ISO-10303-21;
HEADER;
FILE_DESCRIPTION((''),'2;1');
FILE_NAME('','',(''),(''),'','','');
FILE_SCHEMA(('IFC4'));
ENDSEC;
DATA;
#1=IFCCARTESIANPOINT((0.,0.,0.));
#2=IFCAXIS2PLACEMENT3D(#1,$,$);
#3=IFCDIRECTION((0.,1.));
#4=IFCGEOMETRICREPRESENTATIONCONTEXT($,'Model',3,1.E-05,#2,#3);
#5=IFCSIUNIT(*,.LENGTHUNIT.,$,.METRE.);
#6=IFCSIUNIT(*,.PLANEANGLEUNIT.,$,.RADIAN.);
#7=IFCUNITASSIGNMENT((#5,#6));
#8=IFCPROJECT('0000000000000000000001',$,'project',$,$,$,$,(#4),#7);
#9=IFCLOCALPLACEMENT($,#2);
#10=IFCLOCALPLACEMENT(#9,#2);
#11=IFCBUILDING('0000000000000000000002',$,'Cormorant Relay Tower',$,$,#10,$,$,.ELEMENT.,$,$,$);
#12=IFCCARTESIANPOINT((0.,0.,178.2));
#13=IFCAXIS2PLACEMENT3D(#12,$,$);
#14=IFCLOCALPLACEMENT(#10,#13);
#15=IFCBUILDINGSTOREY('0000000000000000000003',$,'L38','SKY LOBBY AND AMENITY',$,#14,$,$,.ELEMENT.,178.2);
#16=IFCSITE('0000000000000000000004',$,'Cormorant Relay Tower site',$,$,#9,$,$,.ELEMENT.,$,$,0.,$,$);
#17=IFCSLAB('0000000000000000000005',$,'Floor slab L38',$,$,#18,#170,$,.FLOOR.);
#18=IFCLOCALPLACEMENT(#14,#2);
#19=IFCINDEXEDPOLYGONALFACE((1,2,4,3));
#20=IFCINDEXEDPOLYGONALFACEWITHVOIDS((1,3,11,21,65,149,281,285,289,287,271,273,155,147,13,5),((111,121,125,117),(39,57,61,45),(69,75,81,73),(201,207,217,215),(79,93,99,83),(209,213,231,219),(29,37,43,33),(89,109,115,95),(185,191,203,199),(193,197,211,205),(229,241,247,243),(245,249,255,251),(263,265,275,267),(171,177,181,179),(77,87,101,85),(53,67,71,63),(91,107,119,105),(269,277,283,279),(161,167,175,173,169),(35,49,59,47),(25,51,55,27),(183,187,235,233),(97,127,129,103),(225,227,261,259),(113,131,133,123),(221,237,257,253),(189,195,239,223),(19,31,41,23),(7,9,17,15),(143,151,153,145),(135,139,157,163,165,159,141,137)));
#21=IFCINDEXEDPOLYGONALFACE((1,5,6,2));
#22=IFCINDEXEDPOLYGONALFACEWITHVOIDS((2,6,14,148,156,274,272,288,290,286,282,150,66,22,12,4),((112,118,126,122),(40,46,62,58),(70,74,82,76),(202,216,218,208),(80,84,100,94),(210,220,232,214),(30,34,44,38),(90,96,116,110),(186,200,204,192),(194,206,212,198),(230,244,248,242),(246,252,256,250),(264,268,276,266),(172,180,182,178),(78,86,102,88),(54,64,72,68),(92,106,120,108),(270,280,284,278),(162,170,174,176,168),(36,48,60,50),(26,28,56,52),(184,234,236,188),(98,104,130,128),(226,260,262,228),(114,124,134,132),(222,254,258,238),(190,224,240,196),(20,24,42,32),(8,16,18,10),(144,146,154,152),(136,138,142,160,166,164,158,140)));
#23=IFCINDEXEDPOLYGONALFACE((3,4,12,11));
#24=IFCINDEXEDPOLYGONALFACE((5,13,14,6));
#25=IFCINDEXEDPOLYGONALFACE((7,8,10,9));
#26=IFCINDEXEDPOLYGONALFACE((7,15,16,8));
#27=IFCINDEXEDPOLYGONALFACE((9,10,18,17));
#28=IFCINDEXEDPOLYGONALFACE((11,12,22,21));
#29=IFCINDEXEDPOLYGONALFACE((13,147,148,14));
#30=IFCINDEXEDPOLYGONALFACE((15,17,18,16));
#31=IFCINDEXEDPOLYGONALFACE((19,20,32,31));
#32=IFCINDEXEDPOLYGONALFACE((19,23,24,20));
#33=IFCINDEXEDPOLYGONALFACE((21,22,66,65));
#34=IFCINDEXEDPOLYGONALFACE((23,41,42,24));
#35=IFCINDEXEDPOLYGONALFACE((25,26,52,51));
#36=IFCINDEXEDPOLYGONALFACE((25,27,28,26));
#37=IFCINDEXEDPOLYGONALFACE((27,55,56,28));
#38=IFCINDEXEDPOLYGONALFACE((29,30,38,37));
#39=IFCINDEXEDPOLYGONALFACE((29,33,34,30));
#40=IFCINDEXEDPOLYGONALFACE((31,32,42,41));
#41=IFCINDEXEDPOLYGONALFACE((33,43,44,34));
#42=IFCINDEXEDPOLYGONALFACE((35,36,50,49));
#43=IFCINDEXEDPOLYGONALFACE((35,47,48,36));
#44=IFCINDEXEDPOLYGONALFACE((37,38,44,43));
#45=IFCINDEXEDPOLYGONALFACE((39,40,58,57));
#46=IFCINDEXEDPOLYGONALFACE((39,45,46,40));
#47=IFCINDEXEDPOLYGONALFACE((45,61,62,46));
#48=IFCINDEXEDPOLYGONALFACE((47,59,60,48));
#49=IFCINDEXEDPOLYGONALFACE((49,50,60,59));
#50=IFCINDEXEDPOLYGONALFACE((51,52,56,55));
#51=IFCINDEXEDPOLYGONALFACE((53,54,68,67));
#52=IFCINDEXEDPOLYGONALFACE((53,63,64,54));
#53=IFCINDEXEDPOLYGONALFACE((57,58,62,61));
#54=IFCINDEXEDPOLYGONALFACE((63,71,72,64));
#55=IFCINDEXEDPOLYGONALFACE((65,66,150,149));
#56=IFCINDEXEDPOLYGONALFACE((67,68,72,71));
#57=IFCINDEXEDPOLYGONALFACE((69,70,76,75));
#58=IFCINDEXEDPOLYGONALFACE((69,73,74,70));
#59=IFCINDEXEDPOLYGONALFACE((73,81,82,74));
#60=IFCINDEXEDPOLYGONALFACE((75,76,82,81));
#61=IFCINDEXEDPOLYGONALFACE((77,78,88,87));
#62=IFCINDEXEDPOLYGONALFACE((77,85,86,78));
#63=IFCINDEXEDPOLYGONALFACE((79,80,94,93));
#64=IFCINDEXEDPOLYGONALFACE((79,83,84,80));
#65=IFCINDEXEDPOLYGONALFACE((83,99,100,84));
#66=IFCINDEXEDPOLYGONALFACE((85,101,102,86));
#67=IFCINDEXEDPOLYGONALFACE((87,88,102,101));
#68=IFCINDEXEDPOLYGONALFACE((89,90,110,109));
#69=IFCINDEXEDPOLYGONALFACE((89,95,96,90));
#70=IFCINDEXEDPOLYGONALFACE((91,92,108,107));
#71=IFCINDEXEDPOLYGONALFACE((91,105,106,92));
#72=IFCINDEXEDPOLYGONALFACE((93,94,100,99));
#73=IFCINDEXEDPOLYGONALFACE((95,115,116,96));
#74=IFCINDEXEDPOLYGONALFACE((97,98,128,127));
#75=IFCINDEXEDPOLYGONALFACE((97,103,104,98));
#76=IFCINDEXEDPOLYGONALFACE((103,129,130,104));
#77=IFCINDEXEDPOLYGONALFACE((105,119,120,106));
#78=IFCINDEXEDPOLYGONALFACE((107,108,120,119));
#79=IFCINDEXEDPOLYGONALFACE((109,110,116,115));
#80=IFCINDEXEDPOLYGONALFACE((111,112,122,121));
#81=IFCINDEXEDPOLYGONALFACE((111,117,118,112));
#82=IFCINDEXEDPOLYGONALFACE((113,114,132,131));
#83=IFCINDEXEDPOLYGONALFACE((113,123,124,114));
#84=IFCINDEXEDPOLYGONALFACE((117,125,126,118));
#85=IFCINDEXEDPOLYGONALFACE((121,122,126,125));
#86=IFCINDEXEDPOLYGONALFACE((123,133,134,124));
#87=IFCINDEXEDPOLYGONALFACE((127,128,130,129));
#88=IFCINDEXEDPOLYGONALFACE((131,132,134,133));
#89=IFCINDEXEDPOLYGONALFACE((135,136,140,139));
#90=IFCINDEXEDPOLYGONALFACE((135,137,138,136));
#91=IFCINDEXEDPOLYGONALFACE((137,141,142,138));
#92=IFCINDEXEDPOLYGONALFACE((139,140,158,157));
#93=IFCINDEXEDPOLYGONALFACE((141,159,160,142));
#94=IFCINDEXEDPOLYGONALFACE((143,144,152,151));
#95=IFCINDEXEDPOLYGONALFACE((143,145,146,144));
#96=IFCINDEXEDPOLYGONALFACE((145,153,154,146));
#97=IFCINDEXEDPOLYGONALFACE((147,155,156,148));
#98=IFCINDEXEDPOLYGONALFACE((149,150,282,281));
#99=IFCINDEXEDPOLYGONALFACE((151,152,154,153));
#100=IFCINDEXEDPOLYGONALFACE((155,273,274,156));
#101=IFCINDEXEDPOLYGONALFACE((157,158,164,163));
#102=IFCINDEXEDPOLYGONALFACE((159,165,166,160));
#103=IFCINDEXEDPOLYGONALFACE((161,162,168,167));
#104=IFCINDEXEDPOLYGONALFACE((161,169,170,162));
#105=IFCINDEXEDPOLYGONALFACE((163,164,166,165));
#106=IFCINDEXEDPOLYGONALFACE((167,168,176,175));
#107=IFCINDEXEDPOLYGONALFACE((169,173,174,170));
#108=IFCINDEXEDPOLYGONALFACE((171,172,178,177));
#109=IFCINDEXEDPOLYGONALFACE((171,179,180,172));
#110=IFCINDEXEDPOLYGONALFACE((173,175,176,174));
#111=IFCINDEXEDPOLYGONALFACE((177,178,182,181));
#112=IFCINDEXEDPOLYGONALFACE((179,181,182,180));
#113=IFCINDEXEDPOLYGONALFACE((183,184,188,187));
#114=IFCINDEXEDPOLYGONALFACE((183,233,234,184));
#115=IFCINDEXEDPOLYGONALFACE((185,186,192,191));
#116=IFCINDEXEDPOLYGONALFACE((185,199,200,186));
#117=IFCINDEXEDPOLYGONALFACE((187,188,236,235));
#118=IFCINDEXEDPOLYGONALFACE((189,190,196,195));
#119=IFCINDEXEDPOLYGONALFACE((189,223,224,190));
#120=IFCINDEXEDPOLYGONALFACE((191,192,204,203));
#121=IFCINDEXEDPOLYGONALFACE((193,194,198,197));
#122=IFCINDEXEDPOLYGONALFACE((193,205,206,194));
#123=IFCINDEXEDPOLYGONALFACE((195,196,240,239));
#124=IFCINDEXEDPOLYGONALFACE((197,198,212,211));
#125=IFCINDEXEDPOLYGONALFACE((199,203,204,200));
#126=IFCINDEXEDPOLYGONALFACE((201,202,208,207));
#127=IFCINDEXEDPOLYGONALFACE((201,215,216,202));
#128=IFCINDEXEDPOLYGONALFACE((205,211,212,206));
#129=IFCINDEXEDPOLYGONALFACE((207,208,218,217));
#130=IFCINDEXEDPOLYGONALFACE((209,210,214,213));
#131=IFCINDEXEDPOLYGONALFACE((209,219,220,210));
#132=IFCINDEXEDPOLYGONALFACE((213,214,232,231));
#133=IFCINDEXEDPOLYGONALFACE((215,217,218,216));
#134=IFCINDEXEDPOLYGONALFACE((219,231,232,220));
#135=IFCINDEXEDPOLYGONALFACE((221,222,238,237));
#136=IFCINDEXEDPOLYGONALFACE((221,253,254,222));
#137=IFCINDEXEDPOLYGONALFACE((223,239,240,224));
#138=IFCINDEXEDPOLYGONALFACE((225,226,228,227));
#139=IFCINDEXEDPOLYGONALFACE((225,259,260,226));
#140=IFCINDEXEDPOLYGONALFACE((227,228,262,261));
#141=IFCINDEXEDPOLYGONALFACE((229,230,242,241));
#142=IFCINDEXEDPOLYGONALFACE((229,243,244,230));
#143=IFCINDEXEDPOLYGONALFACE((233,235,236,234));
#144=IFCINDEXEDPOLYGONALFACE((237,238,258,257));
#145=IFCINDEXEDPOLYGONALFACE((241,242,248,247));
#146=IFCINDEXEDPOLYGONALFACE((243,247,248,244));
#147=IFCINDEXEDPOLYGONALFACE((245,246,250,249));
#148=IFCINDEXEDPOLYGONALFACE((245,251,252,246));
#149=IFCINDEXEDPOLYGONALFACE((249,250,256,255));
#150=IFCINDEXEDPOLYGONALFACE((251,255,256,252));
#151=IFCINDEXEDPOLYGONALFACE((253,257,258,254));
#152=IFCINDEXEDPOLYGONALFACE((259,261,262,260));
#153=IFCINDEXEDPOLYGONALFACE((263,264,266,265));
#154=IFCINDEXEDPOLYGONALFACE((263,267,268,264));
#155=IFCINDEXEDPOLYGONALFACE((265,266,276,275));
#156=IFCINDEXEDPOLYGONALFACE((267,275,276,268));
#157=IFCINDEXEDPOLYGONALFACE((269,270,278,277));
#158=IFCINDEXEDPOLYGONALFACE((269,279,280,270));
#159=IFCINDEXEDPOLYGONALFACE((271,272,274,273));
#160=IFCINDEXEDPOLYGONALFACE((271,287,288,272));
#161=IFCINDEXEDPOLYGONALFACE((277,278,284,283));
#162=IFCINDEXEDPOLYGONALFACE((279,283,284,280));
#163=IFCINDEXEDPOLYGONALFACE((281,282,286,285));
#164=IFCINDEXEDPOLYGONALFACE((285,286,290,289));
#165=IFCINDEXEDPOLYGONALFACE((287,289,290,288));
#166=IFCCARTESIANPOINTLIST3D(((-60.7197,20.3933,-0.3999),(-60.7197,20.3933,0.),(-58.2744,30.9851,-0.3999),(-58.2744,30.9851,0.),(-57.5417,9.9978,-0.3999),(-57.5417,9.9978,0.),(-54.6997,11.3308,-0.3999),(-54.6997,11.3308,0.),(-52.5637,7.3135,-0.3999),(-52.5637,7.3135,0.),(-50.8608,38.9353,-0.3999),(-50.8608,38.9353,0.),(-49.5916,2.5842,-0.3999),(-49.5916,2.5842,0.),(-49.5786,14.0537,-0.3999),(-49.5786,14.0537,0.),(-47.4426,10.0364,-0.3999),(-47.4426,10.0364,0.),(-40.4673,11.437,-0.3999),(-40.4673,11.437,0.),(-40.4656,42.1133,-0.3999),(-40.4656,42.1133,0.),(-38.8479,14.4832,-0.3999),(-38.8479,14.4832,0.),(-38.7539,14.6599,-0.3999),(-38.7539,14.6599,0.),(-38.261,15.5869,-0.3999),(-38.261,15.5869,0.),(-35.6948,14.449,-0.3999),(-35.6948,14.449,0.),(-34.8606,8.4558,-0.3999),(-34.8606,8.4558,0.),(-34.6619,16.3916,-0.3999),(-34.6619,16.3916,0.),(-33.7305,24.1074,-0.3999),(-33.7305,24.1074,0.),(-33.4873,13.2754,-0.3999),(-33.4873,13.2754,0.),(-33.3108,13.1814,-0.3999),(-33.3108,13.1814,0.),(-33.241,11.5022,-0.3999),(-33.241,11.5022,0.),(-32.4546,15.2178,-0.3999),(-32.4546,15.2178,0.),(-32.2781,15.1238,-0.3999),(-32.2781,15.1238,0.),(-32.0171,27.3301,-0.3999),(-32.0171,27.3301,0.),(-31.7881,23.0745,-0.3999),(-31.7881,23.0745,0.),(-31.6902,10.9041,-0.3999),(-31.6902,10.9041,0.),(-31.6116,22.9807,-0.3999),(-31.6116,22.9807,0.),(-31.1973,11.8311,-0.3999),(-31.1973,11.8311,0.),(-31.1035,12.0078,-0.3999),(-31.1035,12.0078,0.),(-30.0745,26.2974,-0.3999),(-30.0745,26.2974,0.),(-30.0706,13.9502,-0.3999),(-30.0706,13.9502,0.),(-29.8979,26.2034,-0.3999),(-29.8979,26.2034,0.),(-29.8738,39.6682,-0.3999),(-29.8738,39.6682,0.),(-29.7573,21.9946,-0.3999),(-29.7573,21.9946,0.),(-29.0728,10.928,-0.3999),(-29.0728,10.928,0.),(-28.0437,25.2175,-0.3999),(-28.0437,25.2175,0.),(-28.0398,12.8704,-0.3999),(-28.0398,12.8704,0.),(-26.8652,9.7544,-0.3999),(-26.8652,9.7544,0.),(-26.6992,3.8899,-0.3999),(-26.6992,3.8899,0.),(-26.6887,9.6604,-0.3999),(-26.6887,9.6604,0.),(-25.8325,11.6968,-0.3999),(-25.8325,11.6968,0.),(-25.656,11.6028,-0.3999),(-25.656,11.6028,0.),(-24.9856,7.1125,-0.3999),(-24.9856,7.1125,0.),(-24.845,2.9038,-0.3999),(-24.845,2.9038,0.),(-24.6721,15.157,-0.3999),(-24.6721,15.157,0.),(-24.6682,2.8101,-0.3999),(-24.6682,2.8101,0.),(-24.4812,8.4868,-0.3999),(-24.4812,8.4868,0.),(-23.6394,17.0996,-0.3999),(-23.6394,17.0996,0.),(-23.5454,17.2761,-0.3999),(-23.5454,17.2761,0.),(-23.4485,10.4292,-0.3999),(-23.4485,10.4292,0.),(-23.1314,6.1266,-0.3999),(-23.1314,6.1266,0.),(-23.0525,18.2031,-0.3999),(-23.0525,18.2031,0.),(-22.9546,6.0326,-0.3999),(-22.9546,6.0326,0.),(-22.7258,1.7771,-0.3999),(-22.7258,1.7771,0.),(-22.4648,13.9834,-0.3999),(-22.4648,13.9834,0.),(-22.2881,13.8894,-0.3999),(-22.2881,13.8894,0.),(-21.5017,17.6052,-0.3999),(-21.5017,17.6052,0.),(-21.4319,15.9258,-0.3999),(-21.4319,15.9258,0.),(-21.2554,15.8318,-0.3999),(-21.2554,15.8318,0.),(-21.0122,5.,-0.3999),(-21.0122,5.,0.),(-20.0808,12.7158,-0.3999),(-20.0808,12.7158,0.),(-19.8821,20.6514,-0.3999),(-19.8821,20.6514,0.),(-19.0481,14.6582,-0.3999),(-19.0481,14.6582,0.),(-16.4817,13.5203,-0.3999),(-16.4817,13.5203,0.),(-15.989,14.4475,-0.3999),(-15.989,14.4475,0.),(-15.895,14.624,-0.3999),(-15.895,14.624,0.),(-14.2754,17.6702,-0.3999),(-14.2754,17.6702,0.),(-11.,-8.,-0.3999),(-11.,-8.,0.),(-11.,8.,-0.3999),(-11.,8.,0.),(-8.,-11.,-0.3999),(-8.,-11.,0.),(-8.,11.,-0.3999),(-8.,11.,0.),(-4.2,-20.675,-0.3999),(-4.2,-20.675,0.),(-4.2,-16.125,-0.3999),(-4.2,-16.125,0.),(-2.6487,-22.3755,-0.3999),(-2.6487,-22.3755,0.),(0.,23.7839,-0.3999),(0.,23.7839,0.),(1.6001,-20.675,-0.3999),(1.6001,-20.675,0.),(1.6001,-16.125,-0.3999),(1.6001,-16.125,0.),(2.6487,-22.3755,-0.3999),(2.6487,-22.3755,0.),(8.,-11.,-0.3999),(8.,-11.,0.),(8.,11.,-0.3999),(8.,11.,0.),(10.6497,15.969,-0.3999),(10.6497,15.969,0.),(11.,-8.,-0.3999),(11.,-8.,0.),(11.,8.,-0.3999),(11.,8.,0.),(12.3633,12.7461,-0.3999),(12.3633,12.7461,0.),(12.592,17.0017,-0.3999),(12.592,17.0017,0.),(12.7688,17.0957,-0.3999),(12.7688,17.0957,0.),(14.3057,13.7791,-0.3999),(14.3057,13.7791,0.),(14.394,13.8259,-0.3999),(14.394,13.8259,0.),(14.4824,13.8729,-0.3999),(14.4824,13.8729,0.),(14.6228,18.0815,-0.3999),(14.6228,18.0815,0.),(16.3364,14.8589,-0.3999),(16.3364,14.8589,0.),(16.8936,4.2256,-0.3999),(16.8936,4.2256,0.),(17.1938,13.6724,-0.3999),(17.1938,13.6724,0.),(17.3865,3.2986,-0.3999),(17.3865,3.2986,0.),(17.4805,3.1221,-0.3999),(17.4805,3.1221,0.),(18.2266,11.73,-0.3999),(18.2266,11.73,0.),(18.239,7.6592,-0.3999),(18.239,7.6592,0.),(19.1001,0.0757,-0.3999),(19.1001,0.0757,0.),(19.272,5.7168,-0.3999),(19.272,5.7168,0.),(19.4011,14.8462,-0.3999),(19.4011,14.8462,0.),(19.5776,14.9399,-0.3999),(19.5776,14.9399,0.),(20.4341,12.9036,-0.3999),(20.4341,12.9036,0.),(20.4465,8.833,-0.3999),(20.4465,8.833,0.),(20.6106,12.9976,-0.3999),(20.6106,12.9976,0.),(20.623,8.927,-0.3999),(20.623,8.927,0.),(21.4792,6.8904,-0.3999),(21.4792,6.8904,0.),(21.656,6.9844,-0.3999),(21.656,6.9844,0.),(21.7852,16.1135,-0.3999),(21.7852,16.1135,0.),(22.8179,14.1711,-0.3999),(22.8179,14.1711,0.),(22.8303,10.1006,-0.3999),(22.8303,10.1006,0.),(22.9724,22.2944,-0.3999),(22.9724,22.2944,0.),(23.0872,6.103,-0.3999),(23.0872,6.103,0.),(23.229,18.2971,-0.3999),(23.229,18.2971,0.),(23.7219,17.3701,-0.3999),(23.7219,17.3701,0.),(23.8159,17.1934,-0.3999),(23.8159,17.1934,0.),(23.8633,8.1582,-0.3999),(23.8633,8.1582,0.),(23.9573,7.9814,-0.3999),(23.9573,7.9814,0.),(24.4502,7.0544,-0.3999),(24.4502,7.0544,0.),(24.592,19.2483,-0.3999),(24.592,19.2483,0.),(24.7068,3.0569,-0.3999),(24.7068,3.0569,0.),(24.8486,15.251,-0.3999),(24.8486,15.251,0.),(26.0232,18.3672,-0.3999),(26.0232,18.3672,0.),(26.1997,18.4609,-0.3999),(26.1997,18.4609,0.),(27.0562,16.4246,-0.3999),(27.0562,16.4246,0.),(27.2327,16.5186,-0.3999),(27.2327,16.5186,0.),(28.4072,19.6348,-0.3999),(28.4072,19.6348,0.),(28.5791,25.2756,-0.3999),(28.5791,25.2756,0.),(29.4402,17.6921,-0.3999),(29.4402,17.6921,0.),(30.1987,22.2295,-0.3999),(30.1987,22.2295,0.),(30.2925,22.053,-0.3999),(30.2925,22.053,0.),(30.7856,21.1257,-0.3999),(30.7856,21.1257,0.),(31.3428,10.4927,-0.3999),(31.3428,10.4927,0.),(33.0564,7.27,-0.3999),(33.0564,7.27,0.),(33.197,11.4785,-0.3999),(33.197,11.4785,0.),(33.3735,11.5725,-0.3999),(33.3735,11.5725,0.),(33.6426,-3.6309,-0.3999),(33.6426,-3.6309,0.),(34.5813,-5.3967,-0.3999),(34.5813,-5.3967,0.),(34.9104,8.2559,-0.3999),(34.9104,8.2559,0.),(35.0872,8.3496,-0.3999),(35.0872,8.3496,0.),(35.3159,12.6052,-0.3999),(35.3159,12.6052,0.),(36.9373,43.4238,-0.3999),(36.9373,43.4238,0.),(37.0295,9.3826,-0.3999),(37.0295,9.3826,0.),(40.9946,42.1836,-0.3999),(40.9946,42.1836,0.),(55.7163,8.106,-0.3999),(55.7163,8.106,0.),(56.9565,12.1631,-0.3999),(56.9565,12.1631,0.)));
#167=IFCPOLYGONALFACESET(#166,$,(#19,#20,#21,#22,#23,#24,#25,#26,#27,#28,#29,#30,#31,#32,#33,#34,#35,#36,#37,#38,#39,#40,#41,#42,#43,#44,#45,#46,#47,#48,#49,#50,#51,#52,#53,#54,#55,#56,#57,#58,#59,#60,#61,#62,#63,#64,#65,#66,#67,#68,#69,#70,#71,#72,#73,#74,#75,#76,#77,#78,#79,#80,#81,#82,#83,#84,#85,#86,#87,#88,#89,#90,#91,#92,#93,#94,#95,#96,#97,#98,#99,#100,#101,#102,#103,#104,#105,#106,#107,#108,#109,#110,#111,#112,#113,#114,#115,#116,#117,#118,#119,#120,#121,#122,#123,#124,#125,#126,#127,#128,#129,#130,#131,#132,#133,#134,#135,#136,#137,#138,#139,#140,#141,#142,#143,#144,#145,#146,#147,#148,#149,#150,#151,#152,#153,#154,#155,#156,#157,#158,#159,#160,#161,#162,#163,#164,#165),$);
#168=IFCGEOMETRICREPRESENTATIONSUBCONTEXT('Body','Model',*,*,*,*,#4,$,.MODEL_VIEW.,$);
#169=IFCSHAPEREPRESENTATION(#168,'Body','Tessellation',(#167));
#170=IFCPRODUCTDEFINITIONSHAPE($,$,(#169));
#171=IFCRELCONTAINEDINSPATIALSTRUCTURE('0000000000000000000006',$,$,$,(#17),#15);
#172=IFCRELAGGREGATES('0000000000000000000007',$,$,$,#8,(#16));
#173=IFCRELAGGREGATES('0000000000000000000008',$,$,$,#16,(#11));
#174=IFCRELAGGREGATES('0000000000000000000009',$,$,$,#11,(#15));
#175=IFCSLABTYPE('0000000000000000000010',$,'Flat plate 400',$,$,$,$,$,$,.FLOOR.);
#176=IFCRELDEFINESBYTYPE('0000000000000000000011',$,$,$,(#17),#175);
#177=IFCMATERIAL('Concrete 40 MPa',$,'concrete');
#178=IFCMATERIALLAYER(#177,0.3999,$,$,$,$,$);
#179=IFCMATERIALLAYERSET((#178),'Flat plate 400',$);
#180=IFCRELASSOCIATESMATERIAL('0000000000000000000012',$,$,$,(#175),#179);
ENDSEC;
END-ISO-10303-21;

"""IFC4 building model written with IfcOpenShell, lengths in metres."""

from ifc_helpers import new_model, si_unit, direction, frame, origin, place, context, subcontext, project, spatial, polyline, outline, extrude, material, layer, layer_set, type_object, element, save


model = new_model("IFC4")

# Units and contexts
model_context = context("Model", 3, precision=1e-05, world=origin(), true_north=direction((0.0, 1.0)))
body_context = subcontext(model_context, "Body", "Model", "MODEL_VIEW")
ifc_project = project(units=[si_unit("LENGTHUNIT", "METRE"), si_unit("PLANEANGLEUNIT", "RADIAN")], contexts=[model_context])

# Site, building, storey
site_placement = place(None, origin())
site = spatial("IfcSite", under=ifc_project, at=site_placement, Name="Cormorant Relay Tower site", CompositionType="ELEMENT", RefElevation=0.0)
building_placement = place(site_placement, origin())
building = spatial("IfcBuilding", under=site, at=building_placement, Name="Cormorant Relay Tower", CompositionType="ELEMENT")
storey_placement = place(building_placement, frame((0.0, 0.0, 178.2)))
storey = spatial("IfcBuildingStorey", under=building, at=storey_placement, Name="L38", Description="SKY LOBBY AND AMENITY", CompositionType="ELEMENT", Elevation=178.2)

# Slab
ifc_material_1 = material(Name="Concrete 40 MPa", Category="concrete")
ifc_layer_1 = layer(ifc_material_1, 0.3999)
ifc_layer_set_1 = layer_set([ifc_layer_1], Name="Flat plate 400")
slab_type_1 = type_object("IfcSlabType", Name="Flat plate 400", PredefinedType="FLOOR", material=ifc_layer_set_1)
slab_1_placement = place(storey_placement, frame((0.0, 0.0, -0.3999)))
element("IfcSlab", 1, at=slab_1_placement, inside=storey, type_object=slab_type_1, Name="Floor slab L38", PredefinedType="FLOOR", context=body_context, shape_type="SweptSolid", body=[
    extrude(outline(polyline([(-60.7197, 20.3933), (-58.2744, 30.9851), (-50.8608, 38.9353), (-40.4656, 42.1133), (-29.8738, 39.6682), (0.0, 23.7839), (36.9373, 43.4238), (40.9946, 42.1836), (56.9565, 12.1631), (55.7163, 8.106), (33.6426, -3.6309), (34.5813, -5.3967), (2.6487, -22.3755), (-2.6487, -22.3755), (-49.5916, 2.5842), (-57.5417, 9.9978), (-60.7197, 20.3933)]), holes=[polyline([(11.0, -8.0), (11.0, 8.0), (8.0, 11.0), (-8.0, 11.0), (-11.0, 8.0), (-11.0, -8.0), (-8.0, -11.0), (8.0, -11.0), (11.0, -8.0)]), polyline([(-22.9546, 6.0327), (-24.6682, 2.8101), (-22.7258, 1.7771), (-21.0122, 5.0), (-23.043, 6.0796), (-22.9546, 6.0327)]), polyline([(-24.9856, 7.1125), (-26.6992, 3.8899), (-24.845, 2.9038), (-23.1313, 6.1267), (-23.043, 6.0796), (-24.9856, 7.1125)]), polyline([(-25.656, 11.6028), (-26.6887, 9.6604), (-24.4812, 8.4868), (-23.4485, 10.4292), (-25.656, 11.6028)]), polyline([(-49.5786, 14.0537), (-54.6997, 11.3308), (-52.5637, 7.3135), (-47.4426, 10.0364), (-49.5786, 14.0537)]), polyline([(-28.0398, 12.8704), (-29.0728, 10.928), (-26.8652, 9.7544), (-25.8325, 11.6968), (-28.0398, 12.8704)]), polyline([(-33.241, 11.5022), (-38.8479, 14.4832), (-40.4673, 11.437), (-34.8606, 8.4558), (-33.241, 11.5022)]), polyline([(-38.261, 15.5869), (-38.7539, 14.6599), (-31.6902, 10.9041), (-31.1973, 11.8311), (-38.261, 15.5869)]), polyline([(-33.3108, 13.1814), (-31.1035, 12.0078), (-30.0706, 13.9502), (-32.2781, 15.1238), (-33.3108, 13.1814)]), polyline([(-22.2881, 13.8894), (-20.0808, 12.7158), (-19.0481, 14.6582), (-21.2554, 15.8318), (-22.2881, 13.8894)]), polyline([(-34.6619, 16.3916), (-35.6948, 14.449), (-33.4873, 13.2754), (-32.4546, 15.2178), (-34.6619, 16.3916)]), polyline([(-24.6721, 15.157), (-22.4648, 13.9834), (-21.4319, 15.9258), (-23.6394, 17.0996), (-24.6721, 15.157)]), polyline([(-16.4817, 13.5203), (-15.989, 14.4475), (-23.0525, 18.2031), (-23.5454, 17.2761), (-16.4817, 13.5203)]), polyline([(-21.5017, 17.6052), (-15.895, 14.624), (-14.2754, 17.6702), (-19.8821, 20.6514), (-21.5017, 17.6052)]), polyline([(-31.6116, 22.9807), (-29.7573, 21.9946), (-28.0437, 25.2175), (-29.8979, 26.2034), (-31.6116, 22.9807)]), polyline([(-32.0171, 27.3301), (-33.7305, 24.1074), (-31.7881, 23.0745), (-30.0745, 26.2974), (-32.0171, 27.3301)]), polyline([(-4.2, -16.125), (-4.2, -20.675), (1.6001, -20.675), (1.6001, -16.125), (-4.2, -16.125)]), polyline([(23.0872, 6.103), (17.4805, 3.1221), (19.1001, 0.0757), (24.7068, 3.0569), (23.0872, 6.103)]), polyline([(16.8936, 4.2256), (17.3865, 3.2986), (24.4502, 7.0544), (23.9573, 7.9814), (16.8936, 4.2256)]), polyline([(20.4465, 8.833), (18.239, 7.6592), (19.272, 5.7168), (21.4792, 6.8904), (20.4465, 8.833)]), polyline([(22.8303, 10.1006), (20.623, 8.927), (21.656, 6.9844), (23.8633, 8.1582), (22.8303, 10.1006)]), polyline([(33.197, 11.4785), (31.3428, 10.4927), (33.0564, 7.27), (34.9104, 8.2559), (33.197, 11.4785)]), polyline([(33.3735, 11.5725), (35.0872, 8.3496), (37.0295, 9.3826), (35.3159, 12.6052), (33.3735, 11.5725)]), polyline([(20.4341, 12.9036), (19.4011, 14.8462), (17.1938, 13.6724), (18.2266, 11.73), (20.4341, 12.9036)]), polyline([(22.8179, 14.1711), (21.7852, 16.1135), (19.5776, 14.9399), (20.6106, 12.9976), (22.8179, 14.1711)]), polyline([(14.3057, 13.7791), (12.592, 17.0017), (10.6497, 15.969), (12.3633, 12.7461), (14.394, 13.8259), (14.3057, 13.7791)]), polyline([(16.3364, 14.8589), (14.6228, 18.0815), (12.7688, 17.0957), (14.4824, 13.8728), (14.394, 13.8259), (16.3364, 14.8589)]), polyline([(26.0232, 18.3672), (23.8159, 17.1934), (24.8486, 15.251), (27.0562, 16.4246), (26.0232, 18.3672)]), polyline([(29.4402, 17.6921), (28.4072, 19.6348), (26.1997, 18.4609), (27.2327, 16.5186), (29.4402, 17.6921)]), polyline([(30.7856, 21.1257), (30.2925, 22.053), (23.229, 18.2971), (23.7219, 17.3701), (30.7856, 21.1257)]), polyline([(24.592, 19.2483), (30.1987, 22.2295), (28.5791, 25.2756), (22.9724, 22.2944), (24.592, 19.2483)])]), origin(), (0.0, 0.0, 1.0), 0.3999),
])

save(model, "model.ifc")
